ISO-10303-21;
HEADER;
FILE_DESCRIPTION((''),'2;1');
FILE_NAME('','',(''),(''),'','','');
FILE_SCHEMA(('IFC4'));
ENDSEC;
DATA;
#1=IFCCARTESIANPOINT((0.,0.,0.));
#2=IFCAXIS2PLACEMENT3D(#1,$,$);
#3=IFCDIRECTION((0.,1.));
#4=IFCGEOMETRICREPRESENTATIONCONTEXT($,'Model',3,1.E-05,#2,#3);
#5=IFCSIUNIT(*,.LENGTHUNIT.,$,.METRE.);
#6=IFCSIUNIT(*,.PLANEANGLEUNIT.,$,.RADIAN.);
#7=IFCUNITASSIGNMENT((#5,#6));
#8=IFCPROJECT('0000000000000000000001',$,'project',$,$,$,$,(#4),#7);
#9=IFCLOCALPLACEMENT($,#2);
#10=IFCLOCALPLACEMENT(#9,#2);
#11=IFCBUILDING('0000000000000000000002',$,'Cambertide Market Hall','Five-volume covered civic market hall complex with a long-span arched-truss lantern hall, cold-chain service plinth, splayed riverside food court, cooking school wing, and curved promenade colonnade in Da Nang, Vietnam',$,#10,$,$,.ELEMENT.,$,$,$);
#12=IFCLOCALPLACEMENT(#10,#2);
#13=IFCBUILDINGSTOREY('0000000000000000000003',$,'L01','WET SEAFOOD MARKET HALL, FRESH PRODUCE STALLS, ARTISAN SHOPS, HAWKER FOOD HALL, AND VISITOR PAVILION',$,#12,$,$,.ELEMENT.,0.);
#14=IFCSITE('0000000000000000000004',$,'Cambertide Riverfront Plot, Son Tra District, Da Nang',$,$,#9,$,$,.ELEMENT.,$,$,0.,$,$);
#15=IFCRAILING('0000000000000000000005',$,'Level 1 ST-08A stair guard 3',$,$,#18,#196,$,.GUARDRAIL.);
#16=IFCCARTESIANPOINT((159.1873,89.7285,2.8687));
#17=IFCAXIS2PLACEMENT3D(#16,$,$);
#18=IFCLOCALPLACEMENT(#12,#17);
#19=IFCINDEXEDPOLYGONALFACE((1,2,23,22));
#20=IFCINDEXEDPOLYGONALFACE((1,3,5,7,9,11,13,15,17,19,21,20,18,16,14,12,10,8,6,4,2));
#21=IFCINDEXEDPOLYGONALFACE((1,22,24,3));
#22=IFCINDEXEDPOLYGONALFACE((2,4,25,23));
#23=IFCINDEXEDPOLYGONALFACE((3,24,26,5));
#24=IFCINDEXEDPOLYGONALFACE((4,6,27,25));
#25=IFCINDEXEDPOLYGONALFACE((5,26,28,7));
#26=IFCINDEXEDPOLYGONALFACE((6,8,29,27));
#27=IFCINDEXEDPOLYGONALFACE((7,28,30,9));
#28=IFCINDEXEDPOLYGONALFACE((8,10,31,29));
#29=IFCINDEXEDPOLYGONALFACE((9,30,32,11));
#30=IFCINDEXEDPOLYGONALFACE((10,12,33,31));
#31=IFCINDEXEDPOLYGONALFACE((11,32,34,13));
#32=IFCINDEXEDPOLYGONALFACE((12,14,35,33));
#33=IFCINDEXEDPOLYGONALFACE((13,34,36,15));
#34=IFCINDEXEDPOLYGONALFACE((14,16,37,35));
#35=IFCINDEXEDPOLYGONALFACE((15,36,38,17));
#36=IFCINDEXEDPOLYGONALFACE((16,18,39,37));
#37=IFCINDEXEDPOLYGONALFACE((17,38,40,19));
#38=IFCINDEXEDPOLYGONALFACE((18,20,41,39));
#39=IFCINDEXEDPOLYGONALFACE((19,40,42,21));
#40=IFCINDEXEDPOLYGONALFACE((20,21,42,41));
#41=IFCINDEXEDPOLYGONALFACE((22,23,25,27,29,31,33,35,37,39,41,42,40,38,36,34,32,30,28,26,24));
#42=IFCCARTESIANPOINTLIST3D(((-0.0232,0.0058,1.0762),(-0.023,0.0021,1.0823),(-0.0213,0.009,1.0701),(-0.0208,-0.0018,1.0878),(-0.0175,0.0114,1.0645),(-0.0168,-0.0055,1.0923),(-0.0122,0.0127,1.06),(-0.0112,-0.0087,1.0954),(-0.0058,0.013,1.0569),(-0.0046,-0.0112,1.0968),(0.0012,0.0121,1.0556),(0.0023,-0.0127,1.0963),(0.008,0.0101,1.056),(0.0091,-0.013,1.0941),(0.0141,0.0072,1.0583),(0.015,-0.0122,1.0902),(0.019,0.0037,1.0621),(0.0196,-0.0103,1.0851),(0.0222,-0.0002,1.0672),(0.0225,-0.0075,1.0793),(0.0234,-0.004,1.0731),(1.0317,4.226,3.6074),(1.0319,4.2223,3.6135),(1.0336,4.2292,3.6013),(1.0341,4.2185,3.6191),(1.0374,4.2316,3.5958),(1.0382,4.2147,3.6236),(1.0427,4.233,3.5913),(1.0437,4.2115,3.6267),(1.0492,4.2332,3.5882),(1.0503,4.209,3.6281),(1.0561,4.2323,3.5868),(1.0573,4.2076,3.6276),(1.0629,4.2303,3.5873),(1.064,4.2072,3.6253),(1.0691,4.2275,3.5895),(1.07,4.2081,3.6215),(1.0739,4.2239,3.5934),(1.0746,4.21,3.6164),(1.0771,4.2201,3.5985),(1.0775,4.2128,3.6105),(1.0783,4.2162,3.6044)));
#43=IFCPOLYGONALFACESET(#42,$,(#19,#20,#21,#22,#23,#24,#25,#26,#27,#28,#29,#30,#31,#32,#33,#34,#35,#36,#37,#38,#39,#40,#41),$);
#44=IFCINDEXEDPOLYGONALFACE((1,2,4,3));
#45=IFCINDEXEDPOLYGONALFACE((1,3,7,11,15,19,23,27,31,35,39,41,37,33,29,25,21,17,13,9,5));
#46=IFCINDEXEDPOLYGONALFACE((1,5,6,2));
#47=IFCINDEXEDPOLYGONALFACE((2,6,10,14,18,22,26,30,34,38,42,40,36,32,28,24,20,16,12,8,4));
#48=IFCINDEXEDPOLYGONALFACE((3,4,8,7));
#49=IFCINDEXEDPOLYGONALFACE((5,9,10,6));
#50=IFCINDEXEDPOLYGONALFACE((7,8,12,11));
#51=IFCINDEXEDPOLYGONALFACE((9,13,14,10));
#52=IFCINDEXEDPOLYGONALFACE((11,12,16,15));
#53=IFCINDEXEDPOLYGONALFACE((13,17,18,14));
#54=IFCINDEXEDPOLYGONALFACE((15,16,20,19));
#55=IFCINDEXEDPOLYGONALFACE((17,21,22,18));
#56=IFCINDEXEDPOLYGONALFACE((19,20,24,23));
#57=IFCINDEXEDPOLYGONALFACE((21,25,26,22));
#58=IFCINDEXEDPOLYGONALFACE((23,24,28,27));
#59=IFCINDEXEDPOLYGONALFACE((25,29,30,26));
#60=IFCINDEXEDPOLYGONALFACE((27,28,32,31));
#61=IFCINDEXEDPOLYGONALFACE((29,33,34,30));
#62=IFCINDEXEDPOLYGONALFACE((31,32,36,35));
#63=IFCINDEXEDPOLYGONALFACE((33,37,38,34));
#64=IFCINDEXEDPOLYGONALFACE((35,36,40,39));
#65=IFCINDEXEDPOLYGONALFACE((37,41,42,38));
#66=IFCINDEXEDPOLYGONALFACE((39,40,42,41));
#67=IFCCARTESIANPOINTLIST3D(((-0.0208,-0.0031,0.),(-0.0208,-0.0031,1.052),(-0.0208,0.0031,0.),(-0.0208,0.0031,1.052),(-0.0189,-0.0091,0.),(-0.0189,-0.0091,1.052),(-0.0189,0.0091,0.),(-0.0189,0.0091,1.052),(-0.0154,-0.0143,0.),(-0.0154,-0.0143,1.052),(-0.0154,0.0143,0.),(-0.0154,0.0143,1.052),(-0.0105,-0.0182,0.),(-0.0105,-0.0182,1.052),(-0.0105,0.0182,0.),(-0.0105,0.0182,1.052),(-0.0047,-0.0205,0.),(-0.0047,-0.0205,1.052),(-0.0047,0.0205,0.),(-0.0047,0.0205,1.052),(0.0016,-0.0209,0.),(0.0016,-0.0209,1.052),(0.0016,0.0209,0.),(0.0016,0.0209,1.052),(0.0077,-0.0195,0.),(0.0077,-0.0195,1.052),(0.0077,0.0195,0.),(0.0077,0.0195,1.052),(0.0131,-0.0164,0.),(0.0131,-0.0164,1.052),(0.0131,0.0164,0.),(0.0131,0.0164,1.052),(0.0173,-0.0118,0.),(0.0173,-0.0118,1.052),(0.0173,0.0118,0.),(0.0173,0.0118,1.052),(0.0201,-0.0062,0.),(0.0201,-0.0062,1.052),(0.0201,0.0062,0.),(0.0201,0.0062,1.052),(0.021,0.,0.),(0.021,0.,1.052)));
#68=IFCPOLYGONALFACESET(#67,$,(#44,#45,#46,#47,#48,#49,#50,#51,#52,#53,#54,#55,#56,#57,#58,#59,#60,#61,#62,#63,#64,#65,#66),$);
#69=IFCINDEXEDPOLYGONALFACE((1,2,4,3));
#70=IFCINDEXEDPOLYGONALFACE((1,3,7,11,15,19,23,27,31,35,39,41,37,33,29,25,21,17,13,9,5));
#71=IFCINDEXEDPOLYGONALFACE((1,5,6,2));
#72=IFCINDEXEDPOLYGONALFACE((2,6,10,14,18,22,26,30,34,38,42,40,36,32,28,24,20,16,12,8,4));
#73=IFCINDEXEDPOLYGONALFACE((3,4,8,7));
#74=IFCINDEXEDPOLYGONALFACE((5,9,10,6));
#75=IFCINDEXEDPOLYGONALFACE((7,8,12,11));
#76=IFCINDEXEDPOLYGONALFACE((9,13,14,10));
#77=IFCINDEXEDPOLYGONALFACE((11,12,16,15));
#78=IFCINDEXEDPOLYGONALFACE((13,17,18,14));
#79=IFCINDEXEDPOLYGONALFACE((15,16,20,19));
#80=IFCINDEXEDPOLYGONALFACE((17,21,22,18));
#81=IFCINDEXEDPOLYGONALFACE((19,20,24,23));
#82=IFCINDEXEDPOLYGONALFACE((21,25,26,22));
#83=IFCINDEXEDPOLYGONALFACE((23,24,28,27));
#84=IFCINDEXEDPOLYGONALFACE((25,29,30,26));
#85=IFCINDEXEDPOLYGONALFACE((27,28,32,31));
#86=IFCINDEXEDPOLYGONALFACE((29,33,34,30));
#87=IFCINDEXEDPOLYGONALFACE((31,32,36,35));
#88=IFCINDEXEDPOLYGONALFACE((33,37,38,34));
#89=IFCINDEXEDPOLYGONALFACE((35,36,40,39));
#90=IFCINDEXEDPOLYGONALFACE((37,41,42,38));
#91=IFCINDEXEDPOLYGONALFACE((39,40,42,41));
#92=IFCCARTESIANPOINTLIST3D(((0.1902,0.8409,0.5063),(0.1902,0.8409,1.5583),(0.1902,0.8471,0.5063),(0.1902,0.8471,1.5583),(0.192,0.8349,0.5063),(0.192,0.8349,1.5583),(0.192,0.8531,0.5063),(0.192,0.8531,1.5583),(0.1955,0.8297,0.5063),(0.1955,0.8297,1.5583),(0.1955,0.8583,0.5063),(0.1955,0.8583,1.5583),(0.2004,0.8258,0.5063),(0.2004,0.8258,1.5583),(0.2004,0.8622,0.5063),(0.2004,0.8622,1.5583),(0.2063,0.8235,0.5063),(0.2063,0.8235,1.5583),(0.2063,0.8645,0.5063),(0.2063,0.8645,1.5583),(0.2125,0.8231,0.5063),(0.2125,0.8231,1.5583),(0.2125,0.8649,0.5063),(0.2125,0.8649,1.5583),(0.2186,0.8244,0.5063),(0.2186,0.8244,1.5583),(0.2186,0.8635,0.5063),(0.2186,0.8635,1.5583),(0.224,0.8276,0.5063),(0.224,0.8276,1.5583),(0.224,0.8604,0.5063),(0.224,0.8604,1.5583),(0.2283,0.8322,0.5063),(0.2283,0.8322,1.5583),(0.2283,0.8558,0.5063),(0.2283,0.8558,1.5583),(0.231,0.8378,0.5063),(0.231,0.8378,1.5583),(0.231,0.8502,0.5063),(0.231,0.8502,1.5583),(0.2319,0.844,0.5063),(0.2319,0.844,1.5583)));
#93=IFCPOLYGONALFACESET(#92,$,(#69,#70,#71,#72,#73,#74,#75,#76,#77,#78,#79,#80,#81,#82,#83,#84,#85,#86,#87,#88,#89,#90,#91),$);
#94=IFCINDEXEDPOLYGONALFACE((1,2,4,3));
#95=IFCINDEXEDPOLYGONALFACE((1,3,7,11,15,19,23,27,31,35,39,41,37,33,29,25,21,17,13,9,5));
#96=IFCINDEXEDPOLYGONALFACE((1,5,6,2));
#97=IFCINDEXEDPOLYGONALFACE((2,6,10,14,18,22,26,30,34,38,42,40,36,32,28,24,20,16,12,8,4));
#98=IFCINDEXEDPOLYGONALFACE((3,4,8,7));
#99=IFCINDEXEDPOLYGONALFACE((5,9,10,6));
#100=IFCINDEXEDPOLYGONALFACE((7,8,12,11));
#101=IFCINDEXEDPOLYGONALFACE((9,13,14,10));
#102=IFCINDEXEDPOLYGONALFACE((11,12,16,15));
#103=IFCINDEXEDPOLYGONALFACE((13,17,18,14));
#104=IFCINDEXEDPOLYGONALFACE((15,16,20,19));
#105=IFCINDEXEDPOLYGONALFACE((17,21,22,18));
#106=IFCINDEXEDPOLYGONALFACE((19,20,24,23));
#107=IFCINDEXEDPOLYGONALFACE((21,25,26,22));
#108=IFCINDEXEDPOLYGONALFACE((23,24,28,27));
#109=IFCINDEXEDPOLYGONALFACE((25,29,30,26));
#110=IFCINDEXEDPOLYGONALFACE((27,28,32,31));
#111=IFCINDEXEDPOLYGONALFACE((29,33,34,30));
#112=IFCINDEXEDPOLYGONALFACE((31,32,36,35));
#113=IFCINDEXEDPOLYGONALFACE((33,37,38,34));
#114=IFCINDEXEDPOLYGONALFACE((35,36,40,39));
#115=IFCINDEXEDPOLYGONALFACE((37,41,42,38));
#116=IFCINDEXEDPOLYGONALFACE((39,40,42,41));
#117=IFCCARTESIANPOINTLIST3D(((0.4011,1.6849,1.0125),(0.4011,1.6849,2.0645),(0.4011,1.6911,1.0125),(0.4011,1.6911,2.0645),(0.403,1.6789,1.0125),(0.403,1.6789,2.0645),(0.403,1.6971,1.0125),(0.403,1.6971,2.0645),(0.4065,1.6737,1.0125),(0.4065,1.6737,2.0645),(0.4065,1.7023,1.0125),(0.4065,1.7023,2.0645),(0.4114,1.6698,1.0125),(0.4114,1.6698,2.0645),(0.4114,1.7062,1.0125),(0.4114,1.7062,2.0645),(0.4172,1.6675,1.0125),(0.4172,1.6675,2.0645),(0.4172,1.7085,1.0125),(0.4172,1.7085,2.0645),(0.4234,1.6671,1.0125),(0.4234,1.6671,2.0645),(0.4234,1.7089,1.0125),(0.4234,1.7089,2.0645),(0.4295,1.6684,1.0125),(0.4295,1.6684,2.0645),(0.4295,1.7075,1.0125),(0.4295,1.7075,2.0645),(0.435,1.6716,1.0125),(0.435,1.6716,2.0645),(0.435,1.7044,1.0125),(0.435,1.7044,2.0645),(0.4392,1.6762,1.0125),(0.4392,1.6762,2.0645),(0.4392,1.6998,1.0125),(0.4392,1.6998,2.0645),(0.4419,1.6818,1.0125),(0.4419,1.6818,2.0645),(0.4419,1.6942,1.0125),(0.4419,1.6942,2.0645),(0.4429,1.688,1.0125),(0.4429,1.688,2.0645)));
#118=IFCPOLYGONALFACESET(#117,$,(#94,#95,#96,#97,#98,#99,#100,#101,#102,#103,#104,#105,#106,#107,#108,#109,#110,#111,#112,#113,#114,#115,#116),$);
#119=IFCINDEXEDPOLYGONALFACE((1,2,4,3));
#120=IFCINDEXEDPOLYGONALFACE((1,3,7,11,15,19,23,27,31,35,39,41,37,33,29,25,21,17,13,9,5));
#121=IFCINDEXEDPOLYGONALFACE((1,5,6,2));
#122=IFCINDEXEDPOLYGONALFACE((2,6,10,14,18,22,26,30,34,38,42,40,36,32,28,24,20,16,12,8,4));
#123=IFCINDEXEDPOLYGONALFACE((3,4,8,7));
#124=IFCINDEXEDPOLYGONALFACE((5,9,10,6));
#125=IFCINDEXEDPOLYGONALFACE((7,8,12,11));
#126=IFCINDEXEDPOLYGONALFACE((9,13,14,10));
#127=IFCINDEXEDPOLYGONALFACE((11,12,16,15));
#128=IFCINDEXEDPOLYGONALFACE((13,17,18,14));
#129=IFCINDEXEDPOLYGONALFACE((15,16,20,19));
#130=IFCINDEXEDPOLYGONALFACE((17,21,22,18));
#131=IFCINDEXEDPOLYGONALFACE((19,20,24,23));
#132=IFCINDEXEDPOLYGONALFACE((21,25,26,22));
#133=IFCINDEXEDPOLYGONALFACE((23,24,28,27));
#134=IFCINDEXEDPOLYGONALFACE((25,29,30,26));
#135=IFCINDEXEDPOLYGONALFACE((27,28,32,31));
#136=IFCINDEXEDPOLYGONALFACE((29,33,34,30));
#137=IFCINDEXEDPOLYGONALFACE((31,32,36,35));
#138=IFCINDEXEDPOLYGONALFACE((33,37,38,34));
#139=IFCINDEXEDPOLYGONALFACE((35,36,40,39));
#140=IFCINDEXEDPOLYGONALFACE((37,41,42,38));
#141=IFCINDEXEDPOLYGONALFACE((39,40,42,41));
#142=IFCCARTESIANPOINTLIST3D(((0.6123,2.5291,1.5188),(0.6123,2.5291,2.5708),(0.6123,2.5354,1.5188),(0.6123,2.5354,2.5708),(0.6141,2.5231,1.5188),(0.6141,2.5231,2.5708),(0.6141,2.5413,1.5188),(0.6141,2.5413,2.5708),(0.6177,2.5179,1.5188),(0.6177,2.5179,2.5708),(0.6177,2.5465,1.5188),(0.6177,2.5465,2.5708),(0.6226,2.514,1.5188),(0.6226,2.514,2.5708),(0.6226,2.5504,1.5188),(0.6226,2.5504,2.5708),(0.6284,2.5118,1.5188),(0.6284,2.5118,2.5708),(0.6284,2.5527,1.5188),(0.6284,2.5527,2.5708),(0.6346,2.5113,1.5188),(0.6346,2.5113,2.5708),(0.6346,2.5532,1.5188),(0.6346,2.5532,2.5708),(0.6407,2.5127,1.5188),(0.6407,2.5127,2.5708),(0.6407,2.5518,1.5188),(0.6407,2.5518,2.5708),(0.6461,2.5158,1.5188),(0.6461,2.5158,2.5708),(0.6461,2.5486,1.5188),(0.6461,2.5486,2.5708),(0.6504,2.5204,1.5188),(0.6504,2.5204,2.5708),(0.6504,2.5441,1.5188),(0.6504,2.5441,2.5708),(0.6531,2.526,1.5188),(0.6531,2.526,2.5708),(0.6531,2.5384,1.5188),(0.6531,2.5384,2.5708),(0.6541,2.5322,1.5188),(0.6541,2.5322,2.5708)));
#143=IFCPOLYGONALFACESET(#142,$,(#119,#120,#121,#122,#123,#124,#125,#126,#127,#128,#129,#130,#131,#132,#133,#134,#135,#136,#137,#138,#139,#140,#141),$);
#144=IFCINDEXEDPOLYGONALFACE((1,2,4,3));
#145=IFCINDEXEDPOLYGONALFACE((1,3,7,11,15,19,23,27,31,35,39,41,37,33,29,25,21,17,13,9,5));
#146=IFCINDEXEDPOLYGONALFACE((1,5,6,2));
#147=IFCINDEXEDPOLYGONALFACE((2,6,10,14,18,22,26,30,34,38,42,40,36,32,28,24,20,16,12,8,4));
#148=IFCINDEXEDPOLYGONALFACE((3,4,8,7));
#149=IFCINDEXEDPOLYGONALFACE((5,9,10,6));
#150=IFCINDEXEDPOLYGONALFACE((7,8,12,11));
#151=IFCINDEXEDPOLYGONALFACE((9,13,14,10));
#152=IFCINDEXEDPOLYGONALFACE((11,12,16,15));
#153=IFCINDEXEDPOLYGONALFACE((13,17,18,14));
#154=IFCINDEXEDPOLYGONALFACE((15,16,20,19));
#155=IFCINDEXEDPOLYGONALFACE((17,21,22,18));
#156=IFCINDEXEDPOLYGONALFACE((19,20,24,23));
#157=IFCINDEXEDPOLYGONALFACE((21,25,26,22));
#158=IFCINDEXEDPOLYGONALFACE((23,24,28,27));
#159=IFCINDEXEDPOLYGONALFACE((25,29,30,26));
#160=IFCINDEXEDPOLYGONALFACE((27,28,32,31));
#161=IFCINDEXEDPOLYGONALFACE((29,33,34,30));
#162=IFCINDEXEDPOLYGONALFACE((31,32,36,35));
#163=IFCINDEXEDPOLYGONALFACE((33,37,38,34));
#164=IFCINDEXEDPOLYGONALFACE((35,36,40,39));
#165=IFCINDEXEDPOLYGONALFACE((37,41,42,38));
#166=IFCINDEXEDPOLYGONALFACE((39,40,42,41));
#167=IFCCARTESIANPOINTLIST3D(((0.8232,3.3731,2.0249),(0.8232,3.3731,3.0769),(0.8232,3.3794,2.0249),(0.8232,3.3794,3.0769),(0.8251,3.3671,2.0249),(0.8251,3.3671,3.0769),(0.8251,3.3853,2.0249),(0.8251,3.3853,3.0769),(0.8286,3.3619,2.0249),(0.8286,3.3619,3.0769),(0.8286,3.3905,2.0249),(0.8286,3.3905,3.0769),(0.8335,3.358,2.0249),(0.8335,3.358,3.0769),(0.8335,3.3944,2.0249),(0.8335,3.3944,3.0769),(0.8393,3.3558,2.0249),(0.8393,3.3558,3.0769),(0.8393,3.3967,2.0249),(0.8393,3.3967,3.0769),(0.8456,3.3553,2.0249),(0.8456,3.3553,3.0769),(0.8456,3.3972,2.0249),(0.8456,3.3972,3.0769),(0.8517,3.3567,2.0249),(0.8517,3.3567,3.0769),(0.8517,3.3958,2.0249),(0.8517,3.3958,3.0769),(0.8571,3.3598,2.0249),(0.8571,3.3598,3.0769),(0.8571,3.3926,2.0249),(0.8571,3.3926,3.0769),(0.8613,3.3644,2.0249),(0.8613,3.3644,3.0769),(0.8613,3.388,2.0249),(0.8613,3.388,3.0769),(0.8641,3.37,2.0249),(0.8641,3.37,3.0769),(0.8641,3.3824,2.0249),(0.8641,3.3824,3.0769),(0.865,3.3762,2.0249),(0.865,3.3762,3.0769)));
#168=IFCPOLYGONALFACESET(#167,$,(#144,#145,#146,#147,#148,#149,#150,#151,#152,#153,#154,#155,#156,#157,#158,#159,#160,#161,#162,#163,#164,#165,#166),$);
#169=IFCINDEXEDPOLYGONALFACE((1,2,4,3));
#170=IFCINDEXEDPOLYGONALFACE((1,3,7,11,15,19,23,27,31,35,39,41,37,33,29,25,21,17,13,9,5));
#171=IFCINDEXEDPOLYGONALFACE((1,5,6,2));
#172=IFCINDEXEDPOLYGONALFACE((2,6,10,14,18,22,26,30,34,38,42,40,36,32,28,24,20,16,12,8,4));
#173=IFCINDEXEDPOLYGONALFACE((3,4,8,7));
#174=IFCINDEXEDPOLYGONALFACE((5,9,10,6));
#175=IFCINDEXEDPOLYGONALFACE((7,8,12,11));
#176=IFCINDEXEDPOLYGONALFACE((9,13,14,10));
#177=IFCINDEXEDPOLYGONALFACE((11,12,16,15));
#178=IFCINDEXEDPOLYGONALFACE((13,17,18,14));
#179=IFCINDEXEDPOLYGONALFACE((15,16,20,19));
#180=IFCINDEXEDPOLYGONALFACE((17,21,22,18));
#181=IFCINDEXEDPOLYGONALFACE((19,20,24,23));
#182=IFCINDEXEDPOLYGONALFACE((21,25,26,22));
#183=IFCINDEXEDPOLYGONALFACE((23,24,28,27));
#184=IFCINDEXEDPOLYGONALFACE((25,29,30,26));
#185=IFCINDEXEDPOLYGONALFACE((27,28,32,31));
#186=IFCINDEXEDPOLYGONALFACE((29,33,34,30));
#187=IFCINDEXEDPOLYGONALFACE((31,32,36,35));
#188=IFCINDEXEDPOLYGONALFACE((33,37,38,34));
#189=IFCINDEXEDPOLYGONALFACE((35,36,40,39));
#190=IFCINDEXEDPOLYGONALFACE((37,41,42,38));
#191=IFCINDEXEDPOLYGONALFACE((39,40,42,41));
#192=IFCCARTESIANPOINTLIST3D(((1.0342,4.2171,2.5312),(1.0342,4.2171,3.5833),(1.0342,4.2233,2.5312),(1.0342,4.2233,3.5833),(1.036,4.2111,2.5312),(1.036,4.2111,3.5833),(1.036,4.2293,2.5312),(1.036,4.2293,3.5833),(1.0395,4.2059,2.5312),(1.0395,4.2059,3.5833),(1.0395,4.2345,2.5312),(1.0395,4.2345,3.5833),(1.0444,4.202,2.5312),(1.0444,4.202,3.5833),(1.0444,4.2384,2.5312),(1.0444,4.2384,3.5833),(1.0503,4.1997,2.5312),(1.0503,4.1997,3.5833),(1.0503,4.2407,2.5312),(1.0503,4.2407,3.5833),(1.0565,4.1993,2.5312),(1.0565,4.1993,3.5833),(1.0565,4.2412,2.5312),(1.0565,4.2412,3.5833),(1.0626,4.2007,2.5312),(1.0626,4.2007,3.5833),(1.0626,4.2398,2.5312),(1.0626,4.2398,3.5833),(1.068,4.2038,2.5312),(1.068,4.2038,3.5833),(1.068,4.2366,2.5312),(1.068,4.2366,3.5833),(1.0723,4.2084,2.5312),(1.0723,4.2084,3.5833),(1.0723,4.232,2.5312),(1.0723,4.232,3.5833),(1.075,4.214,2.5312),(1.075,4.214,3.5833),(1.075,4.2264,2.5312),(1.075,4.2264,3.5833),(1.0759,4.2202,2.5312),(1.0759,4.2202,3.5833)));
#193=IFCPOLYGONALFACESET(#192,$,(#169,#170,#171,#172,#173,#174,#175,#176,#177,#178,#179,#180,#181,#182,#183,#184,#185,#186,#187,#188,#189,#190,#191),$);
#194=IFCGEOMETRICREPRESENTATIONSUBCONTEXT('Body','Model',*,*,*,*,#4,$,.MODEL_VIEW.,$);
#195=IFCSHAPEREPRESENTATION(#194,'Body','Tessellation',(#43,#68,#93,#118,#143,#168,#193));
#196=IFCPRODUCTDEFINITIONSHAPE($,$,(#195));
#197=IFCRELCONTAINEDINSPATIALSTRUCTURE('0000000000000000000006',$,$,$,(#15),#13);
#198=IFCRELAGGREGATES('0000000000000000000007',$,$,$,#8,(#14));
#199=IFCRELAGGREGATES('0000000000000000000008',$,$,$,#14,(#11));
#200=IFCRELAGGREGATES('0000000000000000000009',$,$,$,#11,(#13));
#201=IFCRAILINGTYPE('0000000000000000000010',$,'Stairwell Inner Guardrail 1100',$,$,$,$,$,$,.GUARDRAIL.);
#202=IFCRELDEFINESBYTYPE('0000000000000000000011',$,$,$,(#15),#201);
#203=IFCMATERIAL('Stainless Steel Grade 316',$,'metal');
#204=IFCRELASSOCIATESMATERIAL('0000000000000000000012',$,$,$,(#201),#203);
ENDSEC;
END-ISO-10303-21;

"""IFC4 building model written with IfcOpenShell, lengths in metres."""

from ifc_helpers import new_model, si_unit, direction, frame, origin, origin_2d, place, context, subcontext, project, spatial, circle, extrude, material, type_object, element, save


model = new_model("IFC4")

# Units and contexts
model_context = context("Model", 3, precision=1e-05, world=origin(), true_north=direction((0.0, 1.0)))
body_context = subcontext(model_context, "Body", "Model", "MODEL_VIEW")
ifc_project = project(units=[si_unit("LENGTHUNIT", "METRE"), si_unit("PLANEANGLEUNIT", "RADIAN")], contexts=[model_context])

# Site, building, storey
site_placement = place(None, origin())
site = spatial("IfcSite", under=ifc_project, at=site_placement, Name="Cambertide Riverfront Plot, Son Tra District, Da Nang", CompositionType="ELEMENT", RefElevation=0.0)
building_placement = place(site_placement, origin())
building = spatial("IfcBuilding", under=site, at=building_placement, Name="Cambertide Market Hall", Description="Five-volume covered civic market hall complex with a long-span arched-truss lantern hall, cold-chain service plinth, splayed riverside food court, cooking school wing, and curved promenade colonnade in Da Nang, Vietnam", CompositionType="ELEMENT")
storey_placement = place(building_placement, origin())
storey = spatial("IfcBuildingStorey", under=building, at=storey_placement, Name="L01", Description="WET SEAFOOD MARKET HALL, FRESH PRODUCE STALLS, ARTISAN SHOPS, HAWKER FOOD HALL, AND VISITOR PAVILION", CompositionType="ELEMENT", Elevation=0.0)

# Railing
ifc_material_1 = material(Name="Stainless Steel Grade 316", Category="metal")
railing_type_1 = type_object("IfcRailingType", Name="Stairwell Inner Guardrail 1100", PredefinedType="GUARDRAIL", material=ifc_material_1)
railing_1_placement = place(storey_placement, frame((159.1873, 89.7285, 2.8687)))
element("IfcRailing", 1, at=railing_1_placement, inside=storey, type_object=railing_type_1, Name="Level 1 ST-08A stair guard 3", PredefinedType="GUARDRAIL", context=body_context, shape_type="SweptSolid", body=[
    extrude(circle(Radius=0.0239, at=origin_2d()), frame((0.0, 0.0, 1.0762), z_axis=(0.209606, 0.838522, 0.502938), x_axis=(-0.970149, 0.242509, 0.0)), (0.0, 0.0, 1.0), 5.033),
    extrude(circle(Radius=0.021, at=origin_2d()), origin(), (0.0, 0.0, 1.0), 1.052),
    extrude(circle(Radius=0.021, at=origin_2d()), frame((0.2109, 0.844, 0.5063)), (0.0, 0.0, 1.0), 1.052),
    extrude(circle(Radius=0.021, at=origin_2d()), frame((0.4219, 1.688, 1.0125)), (0.0, 0.0, 1.0), 1.052),
    extrude(circle(Radius=0.021, at=origin_2d()), frame((0.6331, 2.5322, 1.5188)), (0.0, 0.0, 1.0), 1.052),
    extrude(circle(Radius=0.021, at=origin_2d()), frame((0.844, 3.3762, 2.0249)), (0.0, 0.0, 1.0), 1.052),
    extrude(circle(Radius=0.021, at=origin_2d()), frame((1.0549, 4.2202, 2.5312)), (0.0, 0.0, 1.0), 1.052),
])

save(model, "model.ifc")
